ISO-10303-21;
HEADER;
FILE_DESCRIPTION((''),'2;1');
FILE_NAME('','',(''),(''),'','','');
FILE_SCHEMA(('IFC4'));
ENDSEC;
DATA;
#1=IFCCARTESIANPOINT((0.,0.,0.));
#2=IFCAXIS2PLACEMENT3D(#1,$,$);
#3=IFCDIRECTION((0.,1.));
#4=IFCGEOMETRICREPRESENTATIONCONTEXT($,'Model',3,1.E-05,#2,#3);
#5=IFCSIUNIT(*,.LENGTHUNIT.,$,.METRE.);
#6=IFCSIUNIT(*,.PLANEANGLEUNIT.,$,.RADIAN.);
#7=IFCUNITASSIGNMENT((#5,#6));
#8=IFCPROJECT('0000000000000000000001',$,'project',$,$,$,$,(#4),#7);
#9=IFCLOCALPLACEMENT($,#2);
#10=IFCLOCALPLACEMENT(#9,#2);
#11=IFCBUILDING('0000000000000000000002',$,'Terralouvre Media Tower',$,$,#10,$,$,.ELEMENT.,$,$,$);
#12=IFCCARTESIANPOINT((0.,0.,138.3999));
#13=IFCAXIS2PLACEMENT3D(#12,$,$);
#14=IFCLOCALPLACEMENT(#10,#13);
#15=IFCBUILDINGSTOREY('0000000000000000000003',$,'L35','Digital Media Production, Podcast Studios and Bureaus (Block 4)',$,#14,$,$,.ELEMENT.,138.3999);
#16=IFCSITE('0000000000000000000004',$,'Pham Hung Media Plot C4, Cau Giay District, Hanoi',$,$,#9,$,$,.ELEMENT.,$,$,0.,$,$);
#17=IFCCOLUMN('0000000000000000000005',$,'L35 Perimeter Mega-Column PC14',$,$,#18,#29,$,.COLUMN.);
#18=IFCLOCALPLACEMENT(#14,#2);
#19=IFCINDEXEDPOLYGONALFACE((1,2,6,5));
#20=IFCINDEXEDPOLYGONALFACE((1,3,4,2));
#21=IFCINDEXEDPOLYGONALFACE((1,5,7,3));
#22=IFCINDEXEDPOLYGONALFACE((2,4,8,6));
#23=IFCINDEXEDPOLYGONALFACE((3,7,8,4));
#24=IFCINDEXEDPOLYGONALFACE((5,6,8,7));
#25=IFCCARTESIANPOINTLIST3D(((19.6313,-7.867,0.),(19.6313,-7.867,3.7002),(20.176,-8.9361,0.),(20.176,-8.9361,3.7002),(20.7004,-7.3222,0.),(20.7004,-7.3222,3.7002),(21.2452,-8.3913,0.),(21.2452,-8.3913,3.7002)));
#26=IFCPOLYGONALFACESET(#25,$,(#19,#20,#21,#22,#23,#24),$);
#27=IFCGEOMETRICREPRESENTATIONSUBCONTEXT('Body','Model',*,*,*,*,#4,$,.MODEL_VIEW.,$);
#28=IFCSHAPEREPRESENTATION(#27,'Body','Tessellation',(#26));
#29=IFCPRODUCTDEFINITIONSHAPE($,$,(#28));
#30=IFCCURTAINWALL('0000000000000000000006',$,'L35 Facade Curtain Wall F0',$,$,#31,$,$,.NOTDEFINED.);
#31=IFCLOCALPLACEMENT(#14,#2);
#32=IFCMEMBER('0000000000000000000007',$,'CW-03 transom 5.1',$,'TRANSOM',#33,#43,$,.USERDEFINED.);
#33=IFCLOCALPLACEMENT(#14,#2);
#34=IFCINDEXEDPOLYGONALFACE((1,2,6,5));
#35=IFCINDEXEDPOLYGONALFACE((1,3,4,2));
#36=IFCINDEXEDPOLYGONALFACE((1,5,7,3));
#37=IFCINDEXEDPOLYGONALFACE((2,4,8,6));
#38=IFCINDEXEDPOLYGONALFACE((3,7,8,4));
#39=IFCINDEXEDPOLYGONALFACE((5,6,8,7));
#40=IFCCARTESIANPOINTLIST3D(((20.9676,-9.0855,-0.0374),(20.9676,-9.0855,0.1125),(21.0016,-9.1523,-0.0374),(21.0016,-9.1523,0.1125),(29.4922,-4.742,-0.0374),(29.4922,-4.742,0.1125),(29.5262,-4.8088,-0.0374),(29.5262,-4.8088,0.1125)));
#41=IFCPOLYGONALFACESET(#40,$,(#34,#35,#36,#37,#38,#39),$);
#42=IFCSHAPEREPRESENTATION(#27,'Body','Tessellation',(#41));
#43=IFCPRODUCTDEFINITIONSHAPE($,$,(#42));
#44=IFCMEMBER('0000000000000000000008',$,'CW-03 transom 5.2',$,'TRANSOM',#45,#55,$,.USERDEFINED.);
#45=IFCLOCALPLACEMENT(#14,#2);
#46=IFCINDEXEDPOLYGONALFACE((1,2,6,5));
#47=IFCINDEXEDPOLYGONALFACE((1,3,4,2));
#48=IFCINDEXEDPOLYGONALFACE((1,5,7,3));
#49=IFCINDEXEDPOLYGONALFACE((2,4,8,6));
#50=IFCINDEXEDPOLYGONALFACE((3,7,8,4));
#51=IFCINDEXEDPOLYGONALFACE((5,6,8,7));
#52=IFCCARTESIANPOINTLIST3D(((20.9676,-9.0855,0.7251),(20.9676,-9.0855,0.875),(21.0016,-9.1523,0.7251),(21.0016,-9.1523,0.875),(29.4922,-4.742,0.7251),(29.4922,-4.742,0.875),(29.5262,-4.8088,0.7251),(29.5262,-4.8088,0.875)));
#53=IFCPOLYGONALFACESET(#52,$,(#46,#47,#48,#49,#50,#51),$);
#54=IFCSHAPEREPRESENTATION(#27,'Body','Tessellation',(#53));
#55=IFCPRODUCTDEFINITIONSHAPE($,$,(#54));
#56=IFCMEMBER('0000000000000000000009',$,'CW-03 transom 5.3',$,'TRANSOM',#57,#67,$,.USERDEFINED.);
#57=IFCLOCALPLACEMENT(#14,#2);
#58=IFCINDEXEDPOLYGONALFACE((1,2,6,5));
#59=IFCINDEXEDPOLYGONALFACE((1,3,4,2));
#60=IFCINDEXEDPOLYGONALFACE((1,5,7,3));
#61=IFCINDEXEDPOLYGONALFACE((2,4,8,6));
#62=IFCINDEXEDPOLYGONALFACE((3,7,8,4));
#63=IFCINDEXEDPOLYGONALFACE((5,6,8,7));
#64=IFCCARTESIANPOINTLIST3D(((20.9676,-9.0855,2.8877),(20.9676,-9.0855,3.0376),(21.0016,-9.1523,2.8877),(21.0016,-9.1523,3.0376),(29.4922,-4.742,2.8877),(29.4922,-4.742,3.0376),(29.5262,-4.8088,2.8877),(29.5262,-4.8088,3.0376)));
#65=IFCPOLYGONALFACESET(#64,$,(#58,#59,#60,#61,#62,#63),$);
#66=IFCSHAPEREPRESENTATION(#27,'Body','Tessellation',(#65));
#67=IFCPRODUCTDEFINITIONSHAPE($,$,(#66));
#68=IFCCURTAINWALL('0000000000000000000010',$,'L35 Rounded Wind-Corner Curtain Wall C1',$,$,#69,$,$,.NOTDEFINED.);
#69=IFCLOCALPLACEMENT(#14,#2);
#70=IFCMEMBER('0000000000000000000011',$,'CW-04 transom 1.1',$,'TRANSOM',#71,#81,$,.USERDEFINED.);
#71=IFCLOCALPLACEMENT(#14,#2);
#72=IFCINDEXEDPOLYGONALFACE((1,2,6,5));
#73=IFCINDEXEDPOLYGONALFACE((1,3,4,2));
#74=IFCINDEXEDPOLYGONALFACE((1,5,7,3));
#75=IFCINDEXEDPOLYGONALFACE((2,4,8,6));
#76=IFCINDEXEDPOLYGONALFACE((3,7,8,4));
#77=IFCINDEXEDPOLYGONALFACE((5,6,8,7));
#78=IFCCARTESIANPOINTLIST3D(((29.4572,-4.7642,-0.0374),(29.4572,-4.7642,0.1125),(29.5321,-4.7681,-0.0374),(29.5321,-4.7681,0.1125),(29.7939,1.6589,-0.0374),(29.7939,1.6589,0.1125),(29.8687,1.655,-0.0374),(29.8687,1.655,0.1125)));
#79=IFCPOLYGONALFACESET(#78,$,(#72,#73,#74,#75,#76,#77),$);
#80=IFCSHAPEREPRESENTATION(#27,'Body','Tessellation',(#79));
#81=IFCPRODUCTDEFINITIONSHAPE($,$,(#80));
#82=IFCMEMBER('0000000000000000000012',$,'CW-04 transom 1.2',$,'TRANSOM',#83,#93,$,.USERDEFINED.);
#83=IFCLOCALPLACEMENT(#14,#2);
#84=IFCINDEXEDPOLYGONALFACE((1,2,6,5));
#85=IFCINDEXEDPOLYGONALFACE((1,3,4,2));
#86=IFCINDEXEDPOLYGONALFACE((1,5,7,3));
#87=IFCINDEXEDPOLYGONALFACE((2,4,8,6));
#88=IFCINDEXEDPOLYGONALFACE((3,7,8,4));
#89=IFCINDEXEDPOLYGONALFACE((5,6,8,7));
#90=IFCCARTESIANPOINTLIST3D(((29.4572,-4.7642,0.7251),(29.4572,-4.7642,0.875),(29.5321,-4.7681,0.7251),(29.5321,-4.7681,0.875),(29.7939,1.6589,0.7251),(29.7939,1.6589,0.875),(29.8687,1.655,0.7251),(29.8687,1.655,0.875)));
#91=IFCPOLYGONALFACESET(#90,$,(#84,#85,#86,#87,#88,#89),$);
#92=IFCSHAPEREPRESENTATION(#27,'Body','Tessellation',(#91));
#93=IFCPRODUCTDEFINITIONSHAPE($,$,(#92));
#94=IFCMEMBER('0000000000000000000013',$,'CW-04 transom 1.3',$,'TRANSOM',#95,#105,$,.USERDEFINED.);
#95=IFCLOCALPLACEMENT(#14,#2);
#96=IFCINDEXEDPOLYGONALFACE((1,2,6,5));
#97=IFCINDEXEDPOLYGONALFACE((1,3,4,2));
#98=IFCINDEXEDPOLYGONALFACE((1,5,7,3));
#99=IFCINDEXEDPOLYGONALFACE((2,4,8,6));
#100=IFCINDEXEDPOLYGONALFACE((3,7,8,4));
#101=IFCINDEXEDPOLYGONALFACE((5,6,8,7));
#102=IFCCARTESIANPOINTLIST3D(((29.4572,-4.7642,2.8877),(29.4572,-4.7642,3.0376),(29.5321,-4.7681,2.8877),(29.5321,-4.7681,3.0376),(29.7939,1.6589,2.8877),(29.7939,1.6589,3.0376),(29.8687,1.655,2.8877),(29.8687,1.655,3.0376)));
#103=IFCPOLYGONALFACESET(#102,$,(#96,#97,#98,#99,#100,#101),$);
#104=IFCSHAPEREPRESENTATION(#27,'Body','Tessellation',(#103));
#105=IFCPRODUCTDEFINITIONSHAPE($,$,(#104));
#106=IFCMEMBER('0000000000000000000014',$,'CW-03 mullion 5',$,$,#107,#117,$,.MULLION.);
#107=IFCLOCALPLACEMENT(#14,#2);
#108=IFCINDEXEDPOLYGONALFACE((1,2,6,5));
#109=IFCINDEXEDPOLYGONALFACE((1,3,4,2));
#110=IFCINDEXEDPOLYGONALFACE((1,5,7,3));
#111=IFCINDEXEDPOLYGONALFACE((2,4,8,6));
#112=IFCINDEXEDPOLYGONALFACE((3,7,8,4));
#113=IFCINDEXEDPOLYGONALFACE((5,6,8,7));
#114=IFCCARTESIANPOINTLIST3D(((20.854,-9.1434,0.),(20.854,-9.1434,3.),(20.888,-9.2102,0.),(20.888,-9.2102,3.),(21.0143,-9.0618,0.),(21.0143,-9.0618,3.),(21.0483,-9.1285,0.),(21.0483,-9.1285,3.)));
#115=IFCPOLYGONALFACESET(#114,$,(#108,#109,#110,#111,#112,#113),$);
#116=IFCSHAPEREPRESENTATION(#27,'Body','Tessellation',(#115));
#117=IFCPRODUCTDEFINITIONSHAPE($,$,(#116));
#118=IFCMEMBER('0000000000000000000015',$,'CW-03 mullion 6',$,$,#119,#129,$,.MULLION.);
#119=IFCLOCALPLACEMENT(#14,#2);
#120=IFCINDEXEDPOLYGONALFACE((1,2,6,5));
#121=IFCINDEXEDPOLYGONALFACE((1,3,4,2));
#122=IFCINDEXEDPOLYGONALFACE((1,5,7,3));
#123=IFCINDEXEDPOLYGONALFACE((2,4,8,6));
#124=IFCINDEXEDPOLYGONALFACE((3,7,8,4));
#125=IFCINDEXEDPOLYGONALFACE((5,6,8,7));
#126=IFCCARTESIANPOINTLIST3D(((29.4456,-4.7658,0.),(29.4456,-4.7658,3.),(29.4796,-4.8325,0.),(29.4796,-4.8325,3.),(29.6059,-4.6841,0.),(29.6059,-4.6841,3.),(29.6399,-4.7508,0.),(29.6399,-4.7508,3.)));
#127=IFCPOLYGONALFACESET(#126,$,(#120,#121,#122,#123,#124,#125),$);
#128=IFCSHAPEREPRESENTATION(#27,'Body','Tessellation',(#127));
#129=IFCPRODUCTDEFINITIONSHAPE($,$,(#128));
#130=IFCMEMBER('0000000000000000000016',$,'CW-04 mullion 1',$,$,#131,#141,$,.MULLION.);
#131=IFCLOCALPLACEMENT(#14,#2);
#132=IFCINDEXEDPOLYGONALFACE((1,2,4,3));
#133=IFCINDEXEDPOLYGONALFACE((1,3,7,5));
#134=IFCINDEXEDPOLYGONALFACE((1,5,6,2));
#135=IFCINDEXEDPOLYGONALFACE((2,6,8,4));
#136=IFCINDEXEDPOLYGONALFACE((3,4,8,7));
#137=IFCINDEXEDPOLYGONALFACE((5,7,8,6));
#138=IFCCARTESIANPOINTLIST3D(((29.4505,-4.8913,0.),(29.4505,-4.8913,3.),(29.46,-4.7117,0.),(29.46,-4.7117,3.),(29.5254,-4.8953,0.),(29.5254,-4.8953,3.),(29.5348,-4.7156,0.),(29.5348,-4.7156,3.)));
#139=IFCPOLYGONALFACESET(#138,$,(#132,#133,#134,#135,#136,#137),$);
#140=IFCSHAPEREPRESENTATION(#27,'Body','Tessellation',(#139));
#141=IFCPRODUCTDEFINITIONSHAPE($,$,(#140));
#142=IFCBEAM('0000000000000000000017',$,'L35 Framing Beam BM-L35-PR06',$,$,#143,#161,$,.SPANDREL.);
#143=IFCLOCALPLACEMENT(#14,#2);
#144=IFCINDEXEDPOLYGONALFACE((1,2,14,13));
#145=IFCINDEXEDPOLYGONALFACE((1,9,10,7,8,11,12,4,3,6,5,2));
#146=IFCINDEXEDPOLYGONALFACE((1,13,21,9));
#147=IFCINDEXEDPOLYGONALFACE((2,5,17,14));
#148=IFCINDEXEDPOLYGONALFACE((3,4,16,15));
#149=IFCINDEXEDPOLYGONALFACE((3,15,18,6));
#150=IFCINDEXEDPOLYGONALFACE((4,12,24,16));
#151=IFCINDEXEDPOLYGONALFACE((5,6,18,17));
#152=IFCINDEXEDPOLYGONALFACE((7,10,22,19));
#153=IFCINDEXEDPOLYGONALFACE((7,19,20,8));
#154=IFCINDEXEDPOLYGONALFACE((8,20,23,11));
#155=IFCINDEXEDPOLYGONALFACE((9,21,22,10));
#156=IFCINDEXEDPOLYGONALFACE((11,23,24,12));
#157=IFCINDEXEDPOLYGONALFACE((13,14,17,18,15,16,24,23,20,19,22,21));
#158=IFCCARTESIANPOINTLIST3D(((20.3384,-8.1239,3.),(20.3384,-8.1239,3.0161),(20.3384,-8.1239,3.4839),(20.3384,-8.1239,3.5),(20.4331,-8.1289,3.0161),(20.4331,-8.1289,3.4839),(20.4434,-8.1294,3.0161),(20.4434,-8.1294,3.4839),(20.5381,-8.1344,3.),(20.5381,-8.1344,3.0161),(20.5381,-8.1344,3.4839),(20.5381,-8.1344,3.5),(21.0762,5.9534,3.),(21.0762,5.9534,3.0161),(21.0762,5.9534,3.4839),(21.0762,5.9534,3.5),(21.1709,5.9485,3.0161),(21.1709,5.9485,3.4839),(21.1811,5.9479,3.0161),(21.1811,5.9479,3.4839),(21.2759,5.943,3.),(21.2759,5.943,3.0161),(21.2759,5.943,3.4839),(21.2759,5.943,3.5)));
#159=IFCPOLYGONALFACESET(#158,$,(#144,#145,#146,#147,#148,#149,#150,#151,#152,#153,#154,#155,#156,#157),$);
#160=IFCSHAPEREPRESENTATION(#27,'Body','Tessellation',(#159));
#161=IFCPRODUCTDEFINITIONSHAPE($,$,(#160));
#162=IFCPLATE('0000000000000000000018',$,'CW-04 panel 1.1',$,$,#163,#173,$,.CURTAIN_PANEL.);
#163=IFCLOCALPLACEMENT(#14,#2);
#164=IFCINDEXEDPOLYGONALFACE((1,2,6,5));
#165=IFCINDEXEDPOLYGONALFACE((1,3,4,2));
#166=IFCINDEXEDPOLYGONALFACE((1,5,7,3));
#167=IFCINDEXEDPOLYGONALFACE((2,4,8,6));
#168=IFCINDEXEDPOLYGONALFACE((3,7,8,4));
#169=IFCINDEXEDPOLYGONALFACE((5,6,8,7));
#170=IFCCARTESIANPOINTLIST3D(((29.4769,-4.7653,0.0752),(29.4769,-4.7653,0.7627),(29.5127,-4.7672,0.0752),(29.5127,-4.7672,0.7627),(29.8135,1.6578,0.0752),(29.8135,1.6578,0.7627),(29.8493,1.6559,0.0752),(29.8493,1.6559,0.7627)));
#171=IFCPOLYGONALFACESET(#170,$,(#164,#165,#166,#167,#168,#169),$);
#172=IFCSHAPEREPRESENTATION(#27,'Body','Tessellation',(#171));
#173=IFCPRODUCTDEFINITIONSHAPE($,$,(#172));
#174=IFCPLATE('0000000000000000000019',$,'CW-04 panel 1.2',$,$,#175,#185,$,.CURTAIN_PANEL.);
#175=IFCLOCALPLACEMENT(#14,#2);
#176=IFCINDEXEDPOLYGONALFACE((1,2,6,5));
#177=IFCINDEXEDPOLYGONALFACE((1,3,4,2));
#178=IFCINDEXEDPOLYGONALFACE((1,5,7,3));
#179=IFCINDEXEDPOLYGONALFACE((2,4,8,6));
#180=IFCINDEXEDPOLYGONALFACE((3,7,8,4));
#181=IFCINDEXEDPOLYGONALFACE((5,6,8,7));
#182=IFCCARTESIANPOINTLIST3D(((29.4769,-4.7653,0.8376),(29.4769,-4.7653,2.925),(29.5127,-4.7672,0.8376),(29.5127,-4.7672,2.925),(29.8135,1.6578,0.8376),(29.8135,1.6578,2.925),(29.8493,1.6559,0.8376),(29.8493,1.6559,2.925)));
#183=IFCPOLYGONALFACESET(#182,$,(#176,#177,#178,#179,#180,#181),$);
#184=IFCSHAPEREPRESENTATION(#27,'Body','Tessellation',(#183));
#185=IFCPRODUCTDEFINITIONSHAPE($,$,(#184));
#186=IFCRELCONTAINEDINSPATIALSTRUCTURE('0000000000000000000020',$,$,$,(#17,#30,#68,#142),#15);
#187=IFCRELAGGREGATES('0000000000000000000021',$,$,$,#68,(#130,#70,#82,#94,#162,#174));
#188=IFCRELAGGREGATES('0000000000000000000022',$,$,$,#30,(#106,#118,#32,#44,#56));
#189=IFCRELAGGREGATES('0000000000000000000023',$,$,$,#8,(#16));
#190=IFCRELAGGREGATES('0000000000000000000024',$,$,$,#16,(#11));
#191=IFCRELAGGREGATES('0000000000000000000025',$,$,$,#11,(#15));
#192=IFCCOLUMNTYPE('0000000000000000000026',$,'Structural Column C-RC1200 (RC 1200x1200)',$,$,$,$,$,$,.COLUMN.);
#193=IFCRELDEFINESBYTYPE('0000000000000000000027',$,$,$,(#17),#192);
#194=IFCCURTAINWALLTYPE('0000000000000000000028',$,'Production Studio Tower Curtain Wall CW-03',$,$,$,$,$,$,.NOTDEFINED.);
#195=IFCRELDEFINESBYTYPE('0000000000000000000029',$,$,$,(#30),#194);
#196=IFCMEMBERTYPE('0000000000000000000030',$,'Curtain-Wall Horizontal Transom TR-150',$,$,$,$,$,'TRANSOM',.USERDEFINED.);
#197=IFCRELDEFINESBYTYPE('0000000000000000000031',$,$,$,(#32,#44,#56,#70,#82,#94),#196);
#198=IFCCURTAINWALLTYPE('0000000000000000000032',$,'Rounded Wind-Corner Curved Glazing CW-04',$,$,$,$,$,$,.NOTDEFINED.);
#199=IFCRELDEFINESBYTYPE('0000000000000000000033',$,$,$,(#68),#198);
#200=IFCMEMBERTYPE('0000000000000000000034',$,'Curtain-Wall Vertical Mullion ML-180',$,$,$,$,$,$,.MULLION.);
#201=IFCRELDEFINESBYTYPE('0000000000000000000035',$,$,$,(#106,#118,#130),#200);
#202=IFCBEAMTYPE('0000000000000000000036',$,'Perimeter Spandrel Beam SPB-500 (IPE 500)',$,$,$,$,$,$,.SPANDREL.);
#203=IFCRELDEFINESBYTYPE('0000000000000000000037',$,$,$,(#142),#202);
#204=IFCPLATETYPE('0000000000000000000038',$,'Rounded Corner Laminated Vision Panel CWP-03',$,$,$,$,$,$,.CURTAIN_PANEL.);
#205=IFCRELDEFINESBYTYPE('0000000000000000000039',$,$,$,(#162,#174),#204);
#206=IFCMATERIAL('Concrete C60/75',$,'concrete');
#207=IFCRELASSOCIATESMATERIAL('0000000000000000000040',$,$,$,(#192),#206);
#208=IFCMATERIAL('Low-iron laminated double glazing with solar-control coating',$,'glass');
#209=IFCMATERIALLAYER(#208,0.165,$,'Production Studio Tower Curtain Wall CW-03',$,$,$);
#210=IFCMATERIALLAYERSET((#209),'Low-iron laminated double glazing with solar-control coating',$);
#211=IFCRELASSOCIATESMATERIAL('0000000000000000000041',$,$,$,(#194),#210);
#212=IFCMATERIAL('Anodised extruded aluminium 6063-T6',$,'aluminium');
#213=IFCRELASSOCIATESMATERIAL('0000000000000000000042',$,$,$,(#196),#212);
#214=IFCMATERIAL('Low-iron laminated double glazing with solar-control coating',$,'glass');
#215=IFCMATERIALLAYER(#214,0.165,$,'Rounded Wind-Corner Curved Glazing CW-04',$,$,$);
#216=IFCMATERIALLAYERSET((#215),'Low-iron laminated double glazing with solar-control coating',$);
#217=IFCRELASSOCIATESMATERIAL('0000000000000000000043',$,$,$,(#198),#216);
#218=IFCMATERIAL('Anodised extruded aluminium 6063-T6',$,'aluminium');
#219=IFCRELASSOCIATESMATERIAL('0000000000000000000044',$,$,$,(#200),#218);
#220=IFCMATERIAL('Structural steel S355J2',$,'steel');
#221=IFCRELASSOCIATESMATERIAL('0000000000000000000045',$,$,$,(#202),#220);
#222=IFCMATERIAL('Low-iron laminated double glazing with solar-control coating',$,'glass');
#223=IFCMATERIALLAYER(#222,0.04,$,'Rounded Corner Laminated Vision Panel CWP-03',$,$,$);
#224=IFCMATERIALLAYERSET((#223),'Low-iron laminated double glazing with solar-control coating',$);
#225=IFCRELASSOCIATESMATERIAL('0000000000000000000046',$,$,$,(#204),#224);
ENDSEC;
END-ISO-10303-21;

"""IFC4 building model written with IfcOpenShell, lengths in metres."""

from ifc_helpers import new_model, si_unit, direction, frame, origin, origin_2d, place, context, subcontext, project, spatial, rectangle, i_section, extrude, material, layer, layer_set, material_profile, profile_set, type_object, element, aggregate, save


model = new_model("IFC4")

# Units and contexts
model_context = context("Model", 3, precision=1e-05, world=origin(), true_north=direction((0.0, 1.0)))
body_context = subcontext(model_context, "Body", "Model", "MODEL_VIEW")
ifc_project = project(units=[si_unit("LENGTHUNIT", "METRE"), si_unit("PLANEANGLEUNIT", "RADIAN")], contexts=[model_context])

# Site, building, storey
site_placement = place(None, origin())
site = spatial("IfcSite", under=ifc_project, at=site_placement, Name="Pham Hung Media Plot C4, Cau Giay District, Hanoi", CompositionType="ELEMENT", RefElevation=0.0)
building_placement = place(site_placement, origin())
building = spatial("IfcBuilding", under=site, at=building_placement, Name="Terralouvre Media Tower", CompositionType="ELEMENT")
storey_placement = place(building_placement, frame((0.0, 0.0, 138.3999)))
storey = spatial("IfcBuildingStorey", under=building, at=storey_placement, Name="L35", Description="Digital Media Production, Podcast Studios and Bureaus (Block 4)", CompositionType="ELEMENT", Elevation=138.3999)

# Column
ifc_material_1 = material(Name="Concrete C60/75", Category="concrete")
ifc_material_profile_1 = material_profile(ifc_material_1, rectangle(XDim=1.2, YDim=1.2, at=origin_2d()), Name="RC 1200x1200")
ifc_profile_set_1 = profile_set([ifc_material_profile_1], Name="Concrete C60/75")
column_type = type_object("IfcColumnType", Name="Structural Column C-RC1200 (RC 1200x1200)", PredefinedType="COLUMN", material=ifc_profile_set_1)
column_placement = place(storey_placement, frame((20.4382, -8.1292, 0.0), z_axis=(0.0, 0.0, 1.0), x_axis=(0.891007, 0.45399, 0.0)))
element("IfcColumn", 1, at=column_placement, inside=storey, type_object=column_type, Name="L35 Perimeter Mega-Column PC14", PredefinedType="COLUMN", context=body_context, shape_type="SweptSolid", body=[
    extrude(rectangle(XDim=1.2, YDim=1.2, at=origin_2d()), origin(), (0.0, 0.0, 1.0), 3.7002),
])

# Curtain walls, members
ifc_material_2 = material(Name="Low-iron laminated double glazing with solar-control coating", Category="glass")
ifc_layer_1 = layer(ifc_material_2, 0.165, Name="Production Studio Tower Curtain Wall CW-03")
ifc_layer_set_1 = layer_set([ifc_layer_1], Name="Low-iron laminated double glazing with solar-control coating")
curtain_wall_type_1 = type_object("IfcCurtainWallType", Name="Production Studio Tower Curtain Wall CW-03", PredefinedType="NOTDEFINED", material=ifc_layer_set_1)
curtain_wall_1_placement = place(storey_placement, origin())
curtain_wall_1 = element("IfcCurtainWall", 2, at=curtain_wall_1_placement, inside=storey, type_object=curtain_wall_type_1, Name="L35 Facade Curtain Wall F0", PredefinedType="NOTDEFINED")
ifc_material_3 = material(Name="Anodised extruded aluminium 6063-T6", Category="aluminium")
ifc_material_profile_2 = material_profile(ifc_material_3, rectangle(XDim=0.075, YDim=0.1499, at=origin_2d()), Name="ALU 75x150")
ifc_profile_set_2 = profile_set([ifc_material_profile_2], Name="Anodised extruded aluminium 6063-T6")
member_type_1 = type_object("IfcMemberType", Name="Curtain-Wall Horizontal Transom TR-150", ElementType="TRANSOM", PredefinedType="USERDEFINED", material=ifc_profile_set_2)
member_1_placement = place(storey_placement, frame((20.9846, -9.1189, 0.0376), z_axis=(0.891008, 0.453988, 0.0), x_axis=(-0.453988, 0.891008, 0.0)))
member_1 = element("IfcMember", 3, at=member_1_placement, type_object=member_type_1, Name="CW-03 transom 5.1", ObjectType="TRANSOM", PredefinedType="USERDEFINED", context=body_context, shape_type="SweptSolid", body=[
    extrude(rectangle(XDim=0.075, YDim=0.1499, at=origin_2d()), origin(), (0.0, 0.0, 1.0), 9.5674),
])
member_2_placement = place(storey_placement, frame((20.9846, -9.1189, 0.8), z_axis=(0.891008, 0.453988, 0.0), x_axis=(-0.453988, 0.891008, 0.0)))
member_2 = element("IfcMember", 4, at=member_2_placement, type_object=member_type_1, Name="CW-03 transom 5.2", ObjectType="TRANSOM", PredefinedType="USERDEFINED", context=body_context, shape_type="SweptSolid", body=[
    extrude(rectangle(XDim=0.075, YDim=0.1499, at=origin_2d()), origin(), (0.0, 0.0, 1.0), 9.5674),
])
member_3_placement = place(storey_placement, frame((20.9846, -9.1189, 2.9626), z_axis=(0.891008, 0.453988, 0.0), x_axis=(-0.453988, 0.891008, 0.0)))
member_3 = element("IfcMember", 5, at=member_3_placement, type_object=member_type_1, Name="CW-03 transom 5.3", ObjectType="TRANSOM", PredefinedType="USERDEFINED", context=body_context, shape_type="SweptSolid", body=[
    extrude(rectangle(XDim=0.075, YDim=0.1499, at=origin_2d()), origin(), (0.0, 0.0, 1.0), 9.5674),
])
ifc_material_4 = material(Name="Low-iron laminated double glazing with solar-control coating", Category="glass")
ifc_layer_2 = layer(ifc_material_4, 0.165, Name="Rounded Wind-Corner Curved Glazing CW-04")
ifc_layer_set_2 = layer_set([ifc_layer_2], Name="Low-iron laminated double glazing with solar-control coating")
curtain_wall_type_2 = type_object("IfcCurtainWallType", Name="Rounded Wind-Corner Curved Glazing CW-04", PredefinedType="NOTDEFINED", material=ifc_layer_set_2)
curtain_wall_2_placement = place(storey_placement, origin())
curtain_wall_2 = element("IfcCurtainWall", 6, at=curtain_wall_2_placement, inside=storey, type_object=curtain_wall_type_2, Name="L35 Rounded Wind-Corner Curtain Wall C1", PredefinedType="NOTDEFINED")
member_4_placement = place(storey_placement, frame((29.4946, -4.7661, 0.0376), z_axis=(0.052344, 0.998629, 0.0), x_axis=(-0.998629, 0.052344, 0.0)))
member_4 = element("IfcMember", 7, at=member_4_placement, type_object=member_type_1, Name="CW-04 transom 1.1", ObjectType="TRANSOM", PredefinedType="USERDEFINED", context=body_context, shape_type="SweptSolid", body=[
    extrude(rectangle(XDim=0.075, YDim=0.1499, at=origin_2d()), origin(), (0.0, 0.0, 1.0), 6.4319),
])
member_5_placement = place(storey_placement, frame((29.4946, -4.7661, 0.8), z_axis=(0.052344, 0.998629, 0.0), x_axis=(-0.998629, 0.052344, 0.0)))
member_5 = element("IfcMember", 8, at=member_5_placement, type_object=member_type_1, Name="CW-04 transom 1.2", ObjectType="TRANSOM", PredefinedType="USERDEFINED", context=body_context, shape_type="SweptSolid", body=[
    extrude(rectangle(XDim=0.075, YDim=0.1499, at=origin_2d()), origin(), (0.0, 0.0, 1.0), 6.4319),
])
member_6_placement = place(storey_placement, frame((29.4946, -4.7661, 2.9626), z_axis=(0.052344, 0.998629, 0.0), x_axis=(-0.998629, 0.052344, 0.0)))
member_6 = element("IfcMember", 9, at=member_6_placement, type_object=member_type_1, Name="CW-04 transom 1.3", ObjectType="TRANSOM", PredefinedType="USERDEFINED", context=body_context, shape_type="SweptSolid", body=[
    extrude(rectangle(XDim=0.075, YDim=0.1499, at=origin_2d()), origin(), (0.0, 0.0, 1.0), 6.4319),
])

# Members
ifc_material_5 = material(Name="Anodised extruded aluminium 6063-T6", Category="aluminium")
ifc_material_profile_3 = material_profile(ifc_material_5, rectangle(XDim=0.075, YDim=0.1799, at=origin_2d()), Name="ALU 75x180")
ifc_profile_set_3 = profile_set([ifc_material_profile_3], Name="Anodised extruded aluminium 6063-T6")
member_type_2 = type_object("IfcMemberType", Name="Curtain-Wall Vertical Mullion ML-180", PredefinedType="MULLION", material=ifc_profile_set_3)
member_7_placement = place(storey_placement, frame((20.9512, -9.136, 0.0), z_axis=(0.0, 0.0, 1.0), x_axis=(-0.453991, 0.891007, 0.0)))
member_7 = element("IfcMember", 10, at=member_7_placement, type_object=member_type_2, Name="CW-03 mullion 5", PredefinedType="MULLION", context=body_context, shape_type="SweptSolid", body=[
    extrude(rectangle(XDim=0.075, YDim=0.1799, at=origin_2d()), origin(), (0.0, 0.0, 1.0), 3.0),
])
member_8_placement = place(storey_placement, frame((29.5427, -4.7583, 0.0), z_axis=(0.0, 0.0, 1.0), x_axis=(-0.453991, 0.891007, 0.0)))
member_8 = element("IfcMember", 11, at=member_8_placement, type_object=member_type_2, Name="CW-03 mullion 6", PredefinedType="MULLION", context=body_context, shape_type="SweptSolid", body=[
    extrude(rectangle(XDim=0.075, YDim=0.1799, at=origin_2d()), origin(), (0.0, 0.0, 1.0), 3.0),
])
member_9_placement = place(storey_placement, frame((29.4927, -4.8035, 0.0), z_axis=(0.0, 0.0, 1.0), x_axis=(-0.998629, 0.052337, 0.0)))
member_9 = element("IfcMember", 12, at=member_9_placement, type_object=member_type_2, Name="CW-04 mullion 1", PredefinedType="MULLION", context=body_context, shape_type="SweptSolid", body=[
    extrude(rectangle(XDim=0.075, YDim=0.1799, at=origin_2d()), origin(), (0.0, 0.0, 1.0), 3.0),
])

# Beam
ifc_material_6 = material(Name="Structural steel S355J2", Category="steel")
ifc_material_profile_4 = material_profile(ifc_material_6, i_section(OverallWidth=0.2, OverallDepth=0.5, WebThickness=0.0103, FlangeThickness=0.0161, at=origin_2d()), Name="IPE 500")
ifc_profile_set_4 = profile_set([ifc_material_profile_4], Name="Structural steel S355J2")
beam_type = type_object("IfcBeamType", Name="Perimeter Spandrel Beam SPB-500 (IPE 500)", PredefinedType="SPANDREL", material=ifc_profile_set_4)
beam_placement = place(storey_placement, frame((20.4382, -8.1292, 3.25), z_axis=(0.052338, 0.998629, 0.0), x_axis=(-0.998629, 0.052338, 0.0)))
element("IfcBeam", 13, at=beam_placement, inside=storey, type_object=beam_type, Name="L35 Framing Beam BM-L35-PR06", PredefinedType="SPANDREL", context=body_context, shape_type="SweptSolid", body=[
    extrude(i_section(OverallWidth=0.2, OverallDepth=0.5, WebThickness=0.0103, FlangeThickness=0.0161, at=origin_2d()), origin(), (0.0, 0.0, 1.0), 14.0967),
])

# Plates
ifc_material_7 = material(Name="Low-iron laminated double glazing with solar-control coating", Category="glass")
ifc_layer_3 = layer(ifc_material_7, 0.04, Name="Rounded Corner Laminated Vision Panel CWP-03")
ifc_layer_set_3 = layer_set([ifc_layer_3], Name="Low-iron laminated double glazing with solar-control coating")
plate_type_1 = type_object("IfcPlateType", Name="Rounded Corner Laminated Vision Panel CWP-03", PredefinedType="CURTAIN_PANEL", material=ifc_layer_set_3)
plate_1_placement = place(storey_placement, frame((29.6631, -1.5547, 0.0752), z_axis=(0.0, 0.0, 1.0), x_axis=(0.052337, 0.998629, 0.0)))
plate_1 = element("IfcPlate", 14, at=plate_1_placement, type_object=plate_type_1, Name="CW-04 panel 1.1", PredefinedType="CURTAIN_PANEL", context=body_context, shape_type="SweptSolid", body=[
    extrude(rectangle(XDim=6.4319, YDim=0.0359, at=origin_2d()), origin(), (0.0, 0.0, 1.0), 0.6875),
])
plate_2_placement = place(storey_placement, frame((29.6631, -1.5547, 0.8376), z_axis=(0.0, 0.0, 1.0), x_axis=(0.052337, 0.998629, 0.0)))
plate_2 = element("IfcPlate", 15, at=plate_2_placement, type_object=plate_type_1, Name="CW-04 panel 1.2", PredefinedType="CURTAIN_PANEL", context=body_context, shape_type="SweptSolid", body=[
    extrude(rectangle(XDim=6.4319, YDim=0.0359, at=origin_2d()), origin(), (0.0, 0.0, 1.0), 2.0874),
])
aggregate(curtain_wall_2, [member_9, member_4, member_5, member_6, plate_1, plate_2])
aggregate(curtain_wall_1, [member_7, member_8, member_1, member_2, member_3])

save(model, "model.ifc")
